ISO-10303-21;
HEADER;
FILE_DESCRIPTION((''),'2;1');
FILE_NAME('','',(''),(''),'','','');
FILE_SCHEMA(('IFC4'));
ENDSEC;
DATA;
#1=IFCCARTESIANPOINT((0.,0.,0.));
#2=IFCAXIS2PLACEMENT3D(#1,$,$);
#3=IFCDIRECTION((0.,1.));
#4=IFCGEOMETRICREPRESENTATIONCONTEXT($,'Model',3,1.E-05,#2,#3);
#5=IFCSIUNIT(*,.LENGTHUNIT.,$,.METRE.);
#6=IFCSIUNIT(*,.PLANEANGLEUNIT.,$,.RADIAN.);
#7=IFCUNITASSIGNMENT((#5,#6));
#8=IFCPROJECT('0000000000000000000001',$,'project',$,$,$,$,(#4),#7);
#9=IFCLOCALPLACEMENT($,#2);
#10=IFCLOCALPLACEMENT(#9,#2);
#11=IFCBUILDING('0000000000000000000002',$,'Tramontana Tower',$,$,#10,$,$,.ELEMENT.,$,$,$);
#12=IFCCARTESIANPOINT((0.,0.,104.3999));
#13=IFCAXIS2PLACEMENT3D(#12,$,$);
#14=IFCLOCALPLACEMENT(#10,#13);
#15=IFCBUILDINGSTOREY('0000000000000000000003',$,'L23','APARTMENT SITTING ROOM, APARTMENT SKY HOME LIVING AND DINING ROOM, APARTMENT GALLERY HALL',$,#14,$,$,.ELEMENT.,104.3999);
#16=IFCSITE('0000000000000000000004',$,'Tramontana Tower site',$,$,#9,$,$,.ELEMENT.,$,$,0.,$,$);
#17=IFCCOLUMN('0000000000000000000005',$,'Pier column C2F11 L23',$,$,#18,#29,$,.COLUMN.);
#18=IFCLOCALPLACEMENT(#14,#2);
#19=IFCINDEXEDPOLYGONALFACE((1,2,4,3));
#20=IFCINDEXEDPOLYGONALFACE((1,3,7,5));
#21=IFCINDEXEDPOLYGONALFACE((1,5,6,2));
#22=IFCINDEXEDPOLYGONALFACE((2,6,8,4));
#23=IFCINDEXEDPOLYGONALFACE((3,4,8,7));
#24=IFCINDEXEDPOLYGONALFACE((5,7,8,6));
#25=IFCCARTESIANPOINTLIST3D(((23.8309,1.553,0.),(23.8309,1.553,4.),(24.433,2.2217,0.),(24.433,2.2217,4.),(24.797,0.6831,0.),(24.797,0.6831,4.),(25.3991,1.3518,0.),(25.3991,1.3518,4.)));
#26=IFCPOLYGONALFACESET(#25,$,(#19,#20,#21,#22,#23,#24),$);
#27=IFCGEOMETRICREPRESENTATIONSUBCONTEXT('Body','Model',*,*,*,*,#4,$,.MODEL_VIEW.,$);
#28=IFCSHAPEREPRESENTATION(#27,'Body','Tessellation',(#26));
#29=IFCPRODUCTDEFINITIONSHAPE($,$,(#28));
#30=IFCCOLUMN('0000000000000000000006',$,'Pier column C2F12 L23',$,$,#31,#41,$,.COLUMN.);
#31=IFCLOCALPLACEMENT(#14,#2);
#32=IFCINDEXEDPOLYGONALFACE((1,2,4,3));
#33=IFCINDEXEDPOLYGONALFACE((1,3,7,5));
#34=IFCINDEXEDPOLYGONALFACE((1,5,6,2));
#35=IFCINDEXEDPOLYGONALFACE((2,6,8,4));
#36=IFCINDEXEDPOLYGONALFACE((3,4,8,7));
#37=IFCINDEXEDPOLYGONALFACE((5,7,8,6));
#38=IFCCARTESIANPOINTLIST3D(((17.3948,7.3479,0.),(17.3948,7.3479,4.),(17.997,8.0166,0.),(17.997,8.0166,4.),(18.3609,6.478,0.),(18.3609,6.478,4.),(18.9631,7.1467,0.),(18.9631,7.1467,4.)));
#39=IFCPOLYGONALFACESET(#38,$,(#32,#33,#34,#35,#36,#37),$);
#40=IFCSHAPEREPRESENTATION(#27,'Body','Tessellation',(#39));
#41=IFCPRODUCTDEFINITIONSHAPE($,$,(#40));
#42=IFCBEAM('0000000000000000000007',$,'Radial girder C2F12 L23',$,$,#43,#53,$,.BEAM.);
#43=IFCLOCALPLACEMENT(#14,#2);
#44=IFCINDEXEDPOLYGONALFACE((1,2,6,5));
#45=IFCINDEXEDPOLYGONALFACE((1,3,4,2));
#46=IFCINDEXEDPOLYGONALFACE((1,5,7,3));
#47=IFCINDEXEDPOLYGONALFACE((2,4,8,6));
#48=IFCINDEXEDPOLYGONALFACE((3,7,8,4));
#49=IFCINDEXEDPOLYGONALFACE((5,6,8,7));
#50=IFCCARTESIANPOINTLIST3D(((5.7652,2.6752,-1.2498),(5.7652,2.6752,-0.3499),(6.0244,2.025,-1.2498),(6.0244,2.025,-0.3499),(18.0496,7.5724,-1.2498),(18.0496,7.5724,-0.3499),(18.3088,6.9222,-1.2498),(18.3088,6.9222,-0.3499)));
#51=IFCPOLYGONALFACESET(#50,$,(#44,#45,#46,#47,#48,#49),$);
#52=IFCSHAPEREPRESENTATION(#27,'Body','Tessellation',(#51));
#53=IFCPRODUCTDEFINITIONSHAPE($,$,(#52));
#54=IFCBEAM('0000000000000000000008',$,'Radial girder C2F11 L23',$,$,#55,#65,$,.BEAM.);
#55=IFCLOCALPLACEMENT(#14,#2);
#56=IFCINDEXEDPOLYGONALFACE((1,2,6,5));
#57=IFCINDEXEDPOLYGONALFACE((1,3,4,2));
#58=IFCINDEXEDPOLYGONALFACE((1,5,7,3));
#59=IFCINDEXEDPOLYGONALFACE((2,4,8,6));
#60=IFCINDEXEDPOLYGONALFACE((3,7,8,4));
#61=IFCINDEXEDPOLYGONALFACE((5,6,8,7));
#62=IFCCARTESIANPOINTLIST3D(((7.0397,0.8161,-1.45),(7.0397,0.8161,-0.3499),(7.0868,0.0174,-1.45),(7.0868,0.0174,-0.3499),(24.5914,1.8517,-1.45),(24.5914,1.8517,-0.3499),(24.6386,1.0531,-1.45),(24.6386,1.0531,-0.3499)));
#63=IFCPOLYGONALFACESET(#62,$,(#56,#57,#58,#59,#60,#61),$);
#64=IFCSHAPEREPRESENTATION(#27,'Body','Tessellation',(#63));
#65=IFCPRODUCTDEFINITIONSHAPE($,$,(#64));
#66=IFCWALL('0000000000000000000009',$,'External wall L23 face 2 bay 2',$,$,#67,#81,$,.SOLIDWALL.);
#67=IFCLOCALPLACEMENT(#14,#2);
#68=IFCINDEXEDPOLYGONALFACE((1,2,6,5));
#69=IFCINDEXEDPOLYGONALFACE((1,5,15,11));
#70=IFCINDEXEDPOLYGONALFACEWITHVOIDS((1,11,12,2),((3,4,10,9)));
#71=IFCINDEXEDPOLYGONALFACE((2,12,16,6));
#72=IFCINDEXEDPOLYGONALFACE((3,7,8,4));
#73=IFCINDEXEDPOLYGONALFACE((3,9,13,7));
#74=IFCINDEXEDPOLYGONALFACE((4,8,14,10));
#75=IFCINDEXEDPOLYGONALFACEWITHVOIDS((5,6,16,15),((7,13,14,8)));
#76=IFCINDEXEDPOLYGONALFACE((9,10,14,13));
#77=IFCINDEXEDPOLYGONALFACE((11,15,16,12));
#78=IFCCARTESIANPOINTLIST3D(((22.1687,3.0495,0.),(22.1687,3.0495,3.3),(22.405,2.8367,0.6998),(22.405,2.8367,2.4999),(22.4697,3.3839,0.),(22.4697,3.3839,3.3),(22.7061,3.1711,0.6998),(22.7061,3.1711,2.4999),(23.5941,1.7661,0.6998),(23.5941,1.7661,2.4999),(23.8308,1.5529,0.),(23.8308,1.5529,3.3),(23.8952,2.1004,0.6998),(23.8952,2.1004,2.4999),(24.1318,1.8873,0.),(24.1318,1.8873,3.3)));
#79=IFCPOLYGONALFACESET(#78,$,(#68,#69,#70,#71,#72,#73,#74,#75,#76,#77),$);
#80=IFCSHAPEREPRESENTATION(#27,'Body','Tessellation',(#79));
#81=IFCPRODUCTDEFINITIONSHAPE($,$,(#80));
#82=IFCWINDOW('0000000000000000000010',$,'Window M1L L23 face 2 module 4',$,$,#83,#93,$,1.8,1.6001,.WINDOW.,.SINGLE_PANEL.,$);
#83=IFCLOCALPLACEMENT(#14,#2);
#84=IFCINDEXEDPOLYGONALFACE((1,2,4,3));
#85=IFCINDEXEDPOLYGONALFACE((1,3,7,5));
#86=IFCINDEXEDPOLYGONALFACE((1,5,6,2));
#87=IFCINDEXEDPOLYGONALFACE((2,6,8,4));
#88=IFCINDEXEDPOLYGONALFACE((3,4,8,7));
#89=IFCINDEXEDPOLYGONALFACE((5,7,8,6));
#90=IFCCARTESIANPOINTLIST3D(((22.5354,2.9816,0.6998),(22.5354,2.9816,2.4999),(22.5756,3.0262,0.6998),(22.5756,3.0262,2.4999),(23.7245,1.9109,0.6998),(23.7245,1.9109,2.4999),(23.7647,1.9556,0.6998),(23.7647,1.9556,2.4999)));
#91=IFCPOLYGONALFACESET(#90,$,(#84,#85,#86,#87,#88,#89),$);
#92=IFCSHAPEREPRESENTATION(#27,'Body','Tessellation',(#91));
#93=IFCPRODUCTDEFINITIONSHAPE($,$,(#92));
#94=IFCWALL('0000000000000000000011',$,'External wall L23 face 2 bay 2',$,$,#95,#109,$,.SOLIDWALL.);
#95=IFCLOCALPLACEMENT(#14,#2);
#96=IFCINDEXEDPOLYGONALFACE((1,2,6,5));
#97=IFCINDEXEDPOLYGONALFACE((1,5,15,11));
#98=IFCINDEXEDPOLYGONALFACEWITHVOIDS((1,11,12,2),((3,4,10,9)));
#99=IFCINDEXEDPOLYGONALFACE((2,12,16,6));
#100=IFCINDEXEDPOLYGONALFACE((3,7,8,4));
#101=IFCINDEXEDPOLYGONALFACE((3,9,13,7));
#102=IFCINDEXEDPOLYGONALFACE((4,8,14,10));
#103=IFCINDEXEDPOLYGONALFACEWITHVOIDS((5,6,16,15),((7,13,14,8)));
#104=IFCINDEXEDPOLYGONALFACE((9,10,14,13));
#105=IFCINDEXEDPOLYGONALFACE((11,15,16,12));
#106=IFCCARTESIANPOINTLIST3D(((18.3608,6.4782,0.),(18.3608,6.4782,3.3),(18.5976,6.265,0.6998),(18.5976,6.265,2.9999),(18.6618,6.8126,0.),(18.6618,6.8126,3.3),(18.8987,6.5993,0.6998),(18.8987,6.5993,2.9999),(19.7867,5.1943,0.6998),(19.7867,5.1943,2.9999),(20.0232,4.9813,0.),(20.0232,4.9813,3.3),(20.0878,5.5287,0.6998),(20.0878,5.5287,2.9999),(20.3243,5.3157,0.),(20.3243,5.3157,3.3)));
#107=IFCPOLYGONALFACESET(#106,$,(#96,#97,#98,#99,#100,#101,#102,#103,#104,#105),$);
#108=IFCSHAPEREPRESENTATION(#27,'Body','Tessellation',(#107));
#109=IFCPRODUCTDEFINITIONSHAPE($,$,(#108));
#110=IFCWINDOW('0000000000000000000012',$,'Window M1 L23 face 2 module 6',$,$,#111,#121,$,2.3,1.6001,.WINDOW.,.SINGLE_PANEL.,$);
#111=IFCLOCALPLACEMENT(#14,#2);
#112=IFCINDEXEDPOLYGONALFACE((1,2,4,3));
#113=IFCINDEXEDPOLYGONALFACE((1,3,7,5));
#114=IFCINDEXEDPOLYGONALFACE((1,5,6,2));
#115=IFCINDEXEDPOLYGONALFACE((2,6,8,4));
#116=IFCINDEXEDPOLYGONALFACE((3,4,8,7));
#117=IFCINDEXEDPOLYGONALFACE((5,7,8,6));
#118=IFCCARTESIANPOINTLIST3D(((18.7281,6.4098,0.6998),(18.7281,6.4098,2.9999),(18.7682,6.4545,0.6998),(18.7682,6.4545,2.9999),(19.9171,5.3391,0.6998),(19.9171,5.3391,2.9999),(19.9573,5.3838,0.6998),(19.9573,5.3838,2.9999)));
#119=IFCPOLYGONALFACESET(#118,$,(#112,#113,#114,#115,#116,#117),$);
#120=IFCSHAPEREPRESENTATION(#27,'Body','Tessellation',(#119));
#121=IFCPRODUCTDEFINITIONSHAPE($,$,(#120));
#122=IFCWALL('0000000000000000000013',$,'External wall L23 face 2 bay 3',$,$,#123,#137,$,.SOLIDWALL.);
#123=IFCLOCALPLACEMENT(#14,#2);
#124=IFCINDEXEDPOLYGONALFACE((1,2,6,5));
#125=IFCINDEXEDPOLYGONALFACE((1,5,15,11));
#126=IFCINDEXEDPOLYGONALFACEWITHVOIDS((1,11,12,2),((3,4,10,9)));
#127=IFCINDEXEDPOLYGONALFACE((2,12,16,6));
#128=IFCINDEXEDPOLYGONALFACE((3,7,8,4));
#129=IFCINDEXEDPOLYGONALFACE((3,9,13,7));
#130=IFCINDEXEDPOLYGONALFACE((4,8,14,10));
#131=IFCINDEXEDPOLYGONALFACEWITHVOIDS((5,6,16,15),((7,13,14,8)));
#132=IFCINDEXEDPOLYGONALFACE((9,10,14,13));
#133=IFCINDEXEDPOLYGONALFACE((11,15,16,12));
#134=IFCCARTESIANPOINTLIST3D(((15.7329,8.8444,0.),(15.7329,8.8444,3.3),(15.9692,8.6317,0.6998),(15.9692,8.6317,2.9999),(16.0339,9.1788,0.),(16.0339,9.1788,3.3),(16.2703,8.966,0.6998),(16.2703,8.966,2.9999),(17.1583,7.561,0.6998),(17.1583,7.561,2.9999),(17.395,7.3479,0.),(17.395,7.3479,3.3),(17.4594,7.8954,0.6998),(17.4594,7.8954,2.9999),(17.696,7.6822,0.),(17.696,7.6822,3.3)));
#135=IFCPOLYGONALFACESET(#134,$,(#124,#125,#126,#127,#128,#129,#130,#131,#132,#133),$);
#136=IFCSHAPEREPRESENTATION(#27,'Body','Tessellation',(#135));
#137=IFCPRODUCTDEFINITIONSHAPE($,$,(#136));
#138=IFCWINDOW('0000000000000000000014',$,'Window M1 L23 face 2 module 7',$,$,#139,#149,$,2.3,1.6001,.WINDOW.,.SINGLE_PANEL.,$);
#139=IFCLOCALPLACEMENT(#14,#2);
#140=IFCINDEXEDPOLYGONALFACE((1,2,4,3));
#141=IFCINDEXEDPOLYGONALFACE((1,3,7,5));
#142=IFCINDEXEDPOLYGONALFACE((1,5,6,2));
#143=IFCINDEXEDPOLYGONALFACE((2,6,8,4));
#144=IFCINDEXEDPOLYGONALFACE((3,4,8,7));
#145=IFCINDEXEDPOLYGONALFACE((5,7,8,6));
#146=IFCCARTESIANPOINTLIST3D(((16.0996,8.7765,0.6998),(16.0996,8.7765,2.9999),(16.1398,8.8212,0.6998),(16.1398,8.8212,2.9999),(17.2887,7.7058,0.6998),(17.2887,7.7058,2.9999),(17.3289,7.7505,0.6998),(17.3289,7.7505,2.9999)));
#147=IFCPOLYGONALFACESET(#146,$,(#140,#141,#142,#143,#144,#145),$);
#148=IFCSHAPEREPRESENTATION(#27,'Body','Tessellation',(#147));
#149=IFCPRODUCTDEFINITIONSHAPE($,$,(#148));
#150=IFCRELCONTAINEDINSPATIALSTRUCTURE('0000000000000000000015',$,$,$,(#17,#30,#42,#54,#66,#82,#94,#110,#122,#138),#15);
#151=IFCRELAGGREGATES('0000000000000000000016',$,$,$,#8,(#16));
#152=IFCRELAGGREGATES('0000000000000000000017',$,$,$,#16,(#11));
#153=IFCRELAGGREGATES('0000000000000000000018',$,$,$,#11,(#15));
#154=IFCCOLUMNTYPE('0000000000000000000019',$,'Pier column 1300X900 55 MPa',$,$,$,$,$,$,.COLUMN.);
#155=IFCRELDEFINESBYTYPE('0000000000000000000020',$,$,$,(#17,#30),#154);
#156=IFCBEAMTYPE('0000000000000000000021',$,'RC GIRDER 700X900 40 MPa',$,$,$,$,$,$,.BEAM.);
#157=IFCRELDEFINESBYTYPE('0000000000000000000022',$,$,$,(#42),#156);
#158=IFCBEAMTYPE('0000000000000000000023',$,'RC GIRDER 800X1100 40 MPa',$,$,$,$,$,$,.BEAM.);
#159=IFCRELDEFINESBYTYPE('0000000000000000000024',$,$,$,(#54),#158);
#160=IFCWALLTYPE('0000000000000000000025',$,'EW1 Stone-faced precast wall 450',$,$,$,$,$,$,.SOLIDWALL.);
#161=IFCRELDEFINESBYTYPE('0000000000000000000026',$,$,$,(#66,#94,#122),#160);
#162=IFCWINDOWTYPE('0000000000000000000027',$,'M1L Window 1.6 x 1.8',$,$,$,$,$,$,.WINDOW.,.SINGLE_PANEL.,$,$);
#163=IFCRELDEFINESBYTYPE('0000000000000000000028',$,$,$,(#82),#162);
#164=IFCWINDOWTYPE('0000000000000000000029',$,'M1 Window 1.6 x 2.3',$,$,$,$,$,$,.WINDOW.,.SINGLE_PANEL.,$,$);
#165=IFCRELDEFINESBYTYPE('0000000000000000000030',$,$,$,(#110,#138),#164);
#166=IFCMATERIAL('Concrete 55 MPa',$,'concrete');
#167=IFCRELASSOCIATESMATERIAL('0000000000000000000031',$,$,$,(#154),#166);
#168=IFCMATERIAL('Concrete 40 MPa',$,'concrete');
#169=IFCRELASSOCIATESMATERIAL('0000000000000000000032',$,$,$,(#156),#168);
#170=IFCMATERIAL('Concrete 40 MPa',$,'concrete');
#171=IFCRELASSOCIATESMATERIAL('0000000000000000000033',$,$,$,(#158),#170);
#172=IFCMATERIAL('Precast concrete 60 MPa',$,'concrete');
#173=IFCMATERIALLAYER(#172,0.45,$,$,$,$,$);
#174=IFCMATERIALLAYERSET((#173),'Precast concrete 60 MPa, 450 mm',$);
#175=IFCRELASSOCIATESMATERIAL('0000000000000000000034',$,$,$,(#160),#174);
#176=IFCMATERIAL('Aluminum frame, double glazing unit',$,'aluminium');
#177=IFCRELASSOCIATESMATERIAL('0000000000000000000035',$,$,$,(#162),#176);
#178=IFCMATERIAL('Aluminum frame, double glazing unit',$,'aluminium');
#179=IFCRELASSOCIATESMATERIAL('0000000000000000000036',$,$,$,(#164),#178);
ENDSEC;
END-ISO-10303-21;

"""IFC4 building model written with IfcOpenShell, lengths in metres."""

from ifc_helpers import new_model, si_unit, direction, frame, frame_2d, origin, origin_2d, place, context, subcontext, project, spatial, rectangle, extrude, material, layer, layer_set, material_profile, profile_set, type_object, element, fill, save


model = new_model("IFC4")

# Units and contexts
model_context = context("Model", 3, precision=1e-05, world=origin(), true_north=direction((0.0, 1.0)))
body_context = subcontext(model_context, "Body", "Model", "MODEL_VIEW")
ifc_project = project(units=[si_unit("LENGTHUNIT", "METRE"), si_unit("PLANEANGLEUNIT", "RADIAN")], contexts=[model_context])

# Site, building, storey
site_placement = place(None, origin())
site = spatial("IfcSite", under=ifc_project, at=site_placement, Name="Tramontana Tower site", CompositionType="ELEMENT", RefElevation=0.0)
building_placement = place(site_placement, origin())
building = spatial("IfcBuilding", under=site, at=building_placement, Name="Tramontana Tower", CompositionType="ELEMENT")
storey_placement = place(building_placement, frame((0.0, 0.0, 104.3999)))
storey = spatial("IfcBuildingStorey", under=building, at=storey_placement, Name="L23", Description="APARTMENT SITTING ROOM, APARTMENT SKY HOME LIVING AND DINING ROOM, APARTMENT GALLERY HALL", CompositionType="ELEMENT", Elevation=104.3999)

# Columns
ifc_material_1 = material(Name="Concrete 55 MPa", Category="concrete")
ifc_material_profile_1 = material_profile(ifc_material_1, rectangle(XDim=1.3, YDim=0.8999, at=origin_2d()), Name="Pier column 1300X900 55 MPa")
ifc_profile_set_1 = profile_set([ifc_material_profile_1], Name="Concrete 55 MPa")
column_type = type_object("IfcColumnType", Name="Pier column 1300X900 55 MPa", PredefinedType="COLUMN", material=ifc_profile_set_1)
for number, where, z_axis, x_axis, name in (
    (1, (24.615, 1.4524, 0.0), (0.0, 0.0, 1.0), (-0.743145, 0.669131, 0.0), "Pier column C2F11 L23"),
    (2, (18.179, 7.2473, 0.0), (0.0, 0.0, 1.0), (-0.743145, 0.669131, 0.0), "Pier column C2F12 L23"),
):
    element("IfcColumn", number, at=place(storey_placement, frame(where, z_axis=z_axis, x_axis=x_axis)), inside=storey, type_object=column_type, Name=name, PredefinedType="COLUMN", context=body_context, shape_type="SweptSolid", body=[
        extrude(rectangle(XDim=1.3, YDim=0.8999, at=origin_2d()), origin(), (0.0, 0.0, 1.0), 4.0),
    ])

# Beams
ifc_material_2 = material(Name="Concrete 40 MPa", Category="concrete")
ifc_material_profile_2 = material_profile(ifc_material_2, rectangle(XDim=0.7, YDim=0.8999, at=origin_2d()), Name="RC GIRDER 700X900 40 MPa")
ifc_profile_set_2 = profile_set([ifc_material_profile_2], Name="Concrete 40 MPa")
beam_type_1 = type_object("IfcBeamType", Name="RC GIRDER 700X900 40 MPa", PredefinedType="BEAM", material=ifc_profile_set_2)
beam_1_placement = place(storey_placement, frame((18.1792, 7.2473, -0.7998), z_axis=(-0.928908, -0.370311, 0.0), x_axis=(0.370311, -0.928908, 0.0)))
element("IfcBeam", 3, at=beam_1_placement, inside=storey, type_object=beam_type_1, Name="Radial girder C2F12 L23", PredefinedType="BEAM", context=body_context, shape_type="SweptSolid", body=[
    extrude(rectangle(XDim=0.7, YDim=0.8999, at=origin_2d()), origin(), (0.0, 0.0, 1.0), 13.2246),
])
ifc_material_3 = material(Name="Concrete 40 MPa", Category="concrete")
ifc_material_profile_3 = material_profile(ifc_material_3, rectangle(XDim=0.8, YDim=1.1001, at=origin_2d()), Name="RC GIRDER 800X1100 40 MPa")
ifc_profile_set_3 = profile_set([ifc_material_profile_3], Name="Concrete 40 MPa")
beam_type_2 = type_object("IfcBeamType", Name="RC GIRDER 800X1100 40 MPa", PredefinedType="BEAM", material=ifc_profile_set_3)
beam_2_placement = place(storey_placement, frame((24.615, 1.4524, -0.8999), z_axis=(-0.998264, -0.058903, 0.0), x_axis=(0.058903, -0.998264, 0.0)))
element("IfcBeam", 4, at=beam_2_placement, inside=storey, type_object=beam_type_2, Name="Radial girder C2F11 L23", PredefinedType="BEAM", context=body_context, shape_type="SweptSolid", body=[
    extrude(rectangle(XDim=0.8, YDim=1.1001, at=origin_2d()), origin(), (0.0, 0.0, 1.0), 17.5823),
])

# Walls, openings, windows
ifc_material_4 = material(Name="Precast concrete 60 MPa", Category="concrete")
ifc_layer_1 = layer(ifc_material_4, 0.45)
ifc_layer_set_1 = layer_set([ifc_layer_1], Name="Precast concrete 60 MPa, 450 mm")
wall_type_1 = type_object("IfcWallType", Name="EW1 Stone-faced precast wall 450", PredefinedType="SOLIDWALL", material=ifc_layer_set_1)
wall_1_placement = place(storey_placement, frame((23.9812, 1.7202, 0.0), z_axis=(0.0, 0.0, 1.0), x_axis=(-0.743142, 0.669134, 0.0)))
wall_1 = element("IfcWall", 5, at=wall_1_placement, inside=storey, type_object=wall_type_1, Name="External wall L23 face 2 bay 2", PredefinedType="SOLIDWALL", context=body_context, shape_type="SweptSolid", body=[
    extrude(rectangle(XDim=2.2366, YDim=0.45, at=frame_2d((1.1182, 0.0))), origin(), (0.0, 0.0, 1.0), 3.3),
])
opening_1_placement = place(wall_1_placement, frame((0.3184, 0.0, 0.7)))
opening_1 = element("IfcOpeningElement", 6, at=opening_1_placement, cuts=wall_1, PredefinedType="OPENING", context=body_context, shape_type="SweptSolid", body=[
    extrude(rectangle(XDim=1.6001, YDim=1.8, at=frame_2d((0.8, 0.8999))), frame((0.0, 0.2349, 0.0), z_axis=(0.0, -1.0, 0.0), x_axis=(1.0, 0.0, 0.0)), (0.0, 0.0, 1.0), 0.47),
])
ifc_material_5 = material(Name="Aluminum frame, double glazing unit", Category="aluminium")
window_type_1 = type_object("IfcWindowType", Name="M1L Window 1.6 x 1.8", PartitioningType="SINGLE_PANEL", PredefinedType="WINDOW", material=ifc_material_5)
window_1_placement = place(opening_1_placement, origin())
window_1 = element("IfcWindow", 7, at=window_1_placement, inside=storey, type_object=window_type_1, Name="Window M1L L23 face 2 module 4", OverallHeight=1.8, OverallWidth=1.6001, PartitioningType="SINGLE_PANEL", PredefinedType="WINDOW", context=body_context, shape_type="SweptSolid", body=[
    extrude(rectangle(XDim=1.6001, YDim=1.8, at=frame_2d((0.8, 0.8999))), frame((0.0, 0.03, 0.0), z_axis=(0.0, -1.0, 0.0), x_axis=(1.0, 0.0, 0.0)), (0.0, 0.0, 1.0), 0.0601),
])
fill(opening_1, window_1)
wall_2_placement = place(storey_placement, frame((20.1738, 5.1484, 0.0), z_axis=(0.0, 0.0, 1.0), x_axis=(-0.743137, 0.66914, 0.0)))
wall_2 = element("IfcWall", 8, at=wall_2_placement, inside=storey, type_object=wall_type_1, Name="External wall L23 face 2 bay 2", PredefinedType="SOLIDWALL", context=body_context, shape_type="SweptSolid", body=[
    extrude(rectangle(XDim=2.2371, YDim=0.45, at=frame_2d((1.1187, 0.0))), origin(), (0.0, 0.0, 1.0), 3.3),
])
opening_2_placement = place(wall_2_placement, frame((0.3184, 0.0, 0.7)))
opening_2 = element("IfcOpeningElement", 9, at=opening_2_placement, cuts=wall_2, PredefinedType="OPENING", context=body_context, shape_type="SweptSolid", body=[
    extrude(rectangle(XDim=1.6001, YDim=2.3, at=frame_2d((0.8, 1.1499))), frame((0.0, 0.2349, 0.0), z_axis=(0.0, -1.0, 0.0), x_axis=(1.0, 0.0, 0.0)), (0.0, 0.0, 1.0), 0.47),
])
ifc_material_6 = material(Name="Aluminum frame, double glazing unit", Category="aluminium")
window_type_2 = type_object("IfcWindowType", Name="M1 Window 1.6 x 2.3", PartitioningType="SINGLE_PANEL", PredefinedType="WINDOW", material=ifc_material_6)
window_2_placement = place(opening_2_placement, origin())
window_2 = element("IfcWindow", 10, at=window_2_placement, inside=storey, type_object=window_type_2, Name="Window M1 L23 face 2 module 6", OverallHeight=2.3, OverallWidth=1.6001, PartitioningType="SINGLE_PANEL", PredefinedType="WINDOW", context=body_context, shape_type="SweptSolid", body=[
    extrude(rectangle(XDim=1.6001, YDim=2.3, at=frame_2d((0.8, 1.1499))), frame((0.0, 0.03, 0.0), z_axis=(0.0, -1.0, 0.0), x_axis=(1.0, 0.0, 0.0)), (0.0, 0.0, 1.0), 0.0601),
])
fill(opening_2, window_2)
wall_3_placement = place(storey_placement, frame((17.5454, 7.5151, 0.0), z_axis=(0.0, 0.0, 1.0), x_axis=(-0.743142, 0.669134, 0.0)))
wall_3 = element("IfcWall", 11, at=wall_3_placement, inside=storey, type_object=wall_type_1, Name="External wall L23 face 2 bay 3", PredefinedType="SOLIDWALL", context=body_context, shape_type="SweptSolid", body=[
    extrude(rectangle(XDim=2.2366, YDim=0.45, at=frame_2d((1.1182, 0.0))), origin(), (0.0, 0.0, 1.0), 3.3),
])
opening_3_placement = place(wall_3_placement, frame((0.3184, 0.0, 0.7)))
opening_3 = element("IfcOpeningElement", 12, at=opening_3_placement, cuts=wall_3, PredefinedType="OPENING", context=body_context, shape_type="SweptSolid", body=[
    extrude(rectangle(XDim=1.6001, YDim=2.3, at=frame_2d((0.8, 1.1499))), frame((0.0, 0.2349, 0.0), z_axis=(0.0, -1.0, 0.0), x_axis=(1.0, 0.0, 0.0)), (0.0, 0.0, 1.0), 0.47),
])
window_3_placement = place(opening_3_placement, origin())
window_3 = element("IfcWindow", 13, at=window_3_placement, inside=storey, type_object=window_type_2, Name="Window M1 L23 face 2 module 7", OverallHeight=2.3, OverallWidth=1.6001, PartitioningType="SINGLE_PANEL", PredefinedType="WINDOW", context=body_context, shape_type="SweptSolid", body=[
    extrude(rectangle(XDim=1.6001, YDim=2.3, at=frame_2d((0.8, 1.1499))), frame((0.0, 0.03, 0.0), z_axis=(0.0, -1.0, 0.0), x_axis=(1.0, 0.0, 0.0)), (0.0, 0.0, 1.0), 0.0601),
])
fill(opening_3, window_3)

save(model, "model.ifc")
